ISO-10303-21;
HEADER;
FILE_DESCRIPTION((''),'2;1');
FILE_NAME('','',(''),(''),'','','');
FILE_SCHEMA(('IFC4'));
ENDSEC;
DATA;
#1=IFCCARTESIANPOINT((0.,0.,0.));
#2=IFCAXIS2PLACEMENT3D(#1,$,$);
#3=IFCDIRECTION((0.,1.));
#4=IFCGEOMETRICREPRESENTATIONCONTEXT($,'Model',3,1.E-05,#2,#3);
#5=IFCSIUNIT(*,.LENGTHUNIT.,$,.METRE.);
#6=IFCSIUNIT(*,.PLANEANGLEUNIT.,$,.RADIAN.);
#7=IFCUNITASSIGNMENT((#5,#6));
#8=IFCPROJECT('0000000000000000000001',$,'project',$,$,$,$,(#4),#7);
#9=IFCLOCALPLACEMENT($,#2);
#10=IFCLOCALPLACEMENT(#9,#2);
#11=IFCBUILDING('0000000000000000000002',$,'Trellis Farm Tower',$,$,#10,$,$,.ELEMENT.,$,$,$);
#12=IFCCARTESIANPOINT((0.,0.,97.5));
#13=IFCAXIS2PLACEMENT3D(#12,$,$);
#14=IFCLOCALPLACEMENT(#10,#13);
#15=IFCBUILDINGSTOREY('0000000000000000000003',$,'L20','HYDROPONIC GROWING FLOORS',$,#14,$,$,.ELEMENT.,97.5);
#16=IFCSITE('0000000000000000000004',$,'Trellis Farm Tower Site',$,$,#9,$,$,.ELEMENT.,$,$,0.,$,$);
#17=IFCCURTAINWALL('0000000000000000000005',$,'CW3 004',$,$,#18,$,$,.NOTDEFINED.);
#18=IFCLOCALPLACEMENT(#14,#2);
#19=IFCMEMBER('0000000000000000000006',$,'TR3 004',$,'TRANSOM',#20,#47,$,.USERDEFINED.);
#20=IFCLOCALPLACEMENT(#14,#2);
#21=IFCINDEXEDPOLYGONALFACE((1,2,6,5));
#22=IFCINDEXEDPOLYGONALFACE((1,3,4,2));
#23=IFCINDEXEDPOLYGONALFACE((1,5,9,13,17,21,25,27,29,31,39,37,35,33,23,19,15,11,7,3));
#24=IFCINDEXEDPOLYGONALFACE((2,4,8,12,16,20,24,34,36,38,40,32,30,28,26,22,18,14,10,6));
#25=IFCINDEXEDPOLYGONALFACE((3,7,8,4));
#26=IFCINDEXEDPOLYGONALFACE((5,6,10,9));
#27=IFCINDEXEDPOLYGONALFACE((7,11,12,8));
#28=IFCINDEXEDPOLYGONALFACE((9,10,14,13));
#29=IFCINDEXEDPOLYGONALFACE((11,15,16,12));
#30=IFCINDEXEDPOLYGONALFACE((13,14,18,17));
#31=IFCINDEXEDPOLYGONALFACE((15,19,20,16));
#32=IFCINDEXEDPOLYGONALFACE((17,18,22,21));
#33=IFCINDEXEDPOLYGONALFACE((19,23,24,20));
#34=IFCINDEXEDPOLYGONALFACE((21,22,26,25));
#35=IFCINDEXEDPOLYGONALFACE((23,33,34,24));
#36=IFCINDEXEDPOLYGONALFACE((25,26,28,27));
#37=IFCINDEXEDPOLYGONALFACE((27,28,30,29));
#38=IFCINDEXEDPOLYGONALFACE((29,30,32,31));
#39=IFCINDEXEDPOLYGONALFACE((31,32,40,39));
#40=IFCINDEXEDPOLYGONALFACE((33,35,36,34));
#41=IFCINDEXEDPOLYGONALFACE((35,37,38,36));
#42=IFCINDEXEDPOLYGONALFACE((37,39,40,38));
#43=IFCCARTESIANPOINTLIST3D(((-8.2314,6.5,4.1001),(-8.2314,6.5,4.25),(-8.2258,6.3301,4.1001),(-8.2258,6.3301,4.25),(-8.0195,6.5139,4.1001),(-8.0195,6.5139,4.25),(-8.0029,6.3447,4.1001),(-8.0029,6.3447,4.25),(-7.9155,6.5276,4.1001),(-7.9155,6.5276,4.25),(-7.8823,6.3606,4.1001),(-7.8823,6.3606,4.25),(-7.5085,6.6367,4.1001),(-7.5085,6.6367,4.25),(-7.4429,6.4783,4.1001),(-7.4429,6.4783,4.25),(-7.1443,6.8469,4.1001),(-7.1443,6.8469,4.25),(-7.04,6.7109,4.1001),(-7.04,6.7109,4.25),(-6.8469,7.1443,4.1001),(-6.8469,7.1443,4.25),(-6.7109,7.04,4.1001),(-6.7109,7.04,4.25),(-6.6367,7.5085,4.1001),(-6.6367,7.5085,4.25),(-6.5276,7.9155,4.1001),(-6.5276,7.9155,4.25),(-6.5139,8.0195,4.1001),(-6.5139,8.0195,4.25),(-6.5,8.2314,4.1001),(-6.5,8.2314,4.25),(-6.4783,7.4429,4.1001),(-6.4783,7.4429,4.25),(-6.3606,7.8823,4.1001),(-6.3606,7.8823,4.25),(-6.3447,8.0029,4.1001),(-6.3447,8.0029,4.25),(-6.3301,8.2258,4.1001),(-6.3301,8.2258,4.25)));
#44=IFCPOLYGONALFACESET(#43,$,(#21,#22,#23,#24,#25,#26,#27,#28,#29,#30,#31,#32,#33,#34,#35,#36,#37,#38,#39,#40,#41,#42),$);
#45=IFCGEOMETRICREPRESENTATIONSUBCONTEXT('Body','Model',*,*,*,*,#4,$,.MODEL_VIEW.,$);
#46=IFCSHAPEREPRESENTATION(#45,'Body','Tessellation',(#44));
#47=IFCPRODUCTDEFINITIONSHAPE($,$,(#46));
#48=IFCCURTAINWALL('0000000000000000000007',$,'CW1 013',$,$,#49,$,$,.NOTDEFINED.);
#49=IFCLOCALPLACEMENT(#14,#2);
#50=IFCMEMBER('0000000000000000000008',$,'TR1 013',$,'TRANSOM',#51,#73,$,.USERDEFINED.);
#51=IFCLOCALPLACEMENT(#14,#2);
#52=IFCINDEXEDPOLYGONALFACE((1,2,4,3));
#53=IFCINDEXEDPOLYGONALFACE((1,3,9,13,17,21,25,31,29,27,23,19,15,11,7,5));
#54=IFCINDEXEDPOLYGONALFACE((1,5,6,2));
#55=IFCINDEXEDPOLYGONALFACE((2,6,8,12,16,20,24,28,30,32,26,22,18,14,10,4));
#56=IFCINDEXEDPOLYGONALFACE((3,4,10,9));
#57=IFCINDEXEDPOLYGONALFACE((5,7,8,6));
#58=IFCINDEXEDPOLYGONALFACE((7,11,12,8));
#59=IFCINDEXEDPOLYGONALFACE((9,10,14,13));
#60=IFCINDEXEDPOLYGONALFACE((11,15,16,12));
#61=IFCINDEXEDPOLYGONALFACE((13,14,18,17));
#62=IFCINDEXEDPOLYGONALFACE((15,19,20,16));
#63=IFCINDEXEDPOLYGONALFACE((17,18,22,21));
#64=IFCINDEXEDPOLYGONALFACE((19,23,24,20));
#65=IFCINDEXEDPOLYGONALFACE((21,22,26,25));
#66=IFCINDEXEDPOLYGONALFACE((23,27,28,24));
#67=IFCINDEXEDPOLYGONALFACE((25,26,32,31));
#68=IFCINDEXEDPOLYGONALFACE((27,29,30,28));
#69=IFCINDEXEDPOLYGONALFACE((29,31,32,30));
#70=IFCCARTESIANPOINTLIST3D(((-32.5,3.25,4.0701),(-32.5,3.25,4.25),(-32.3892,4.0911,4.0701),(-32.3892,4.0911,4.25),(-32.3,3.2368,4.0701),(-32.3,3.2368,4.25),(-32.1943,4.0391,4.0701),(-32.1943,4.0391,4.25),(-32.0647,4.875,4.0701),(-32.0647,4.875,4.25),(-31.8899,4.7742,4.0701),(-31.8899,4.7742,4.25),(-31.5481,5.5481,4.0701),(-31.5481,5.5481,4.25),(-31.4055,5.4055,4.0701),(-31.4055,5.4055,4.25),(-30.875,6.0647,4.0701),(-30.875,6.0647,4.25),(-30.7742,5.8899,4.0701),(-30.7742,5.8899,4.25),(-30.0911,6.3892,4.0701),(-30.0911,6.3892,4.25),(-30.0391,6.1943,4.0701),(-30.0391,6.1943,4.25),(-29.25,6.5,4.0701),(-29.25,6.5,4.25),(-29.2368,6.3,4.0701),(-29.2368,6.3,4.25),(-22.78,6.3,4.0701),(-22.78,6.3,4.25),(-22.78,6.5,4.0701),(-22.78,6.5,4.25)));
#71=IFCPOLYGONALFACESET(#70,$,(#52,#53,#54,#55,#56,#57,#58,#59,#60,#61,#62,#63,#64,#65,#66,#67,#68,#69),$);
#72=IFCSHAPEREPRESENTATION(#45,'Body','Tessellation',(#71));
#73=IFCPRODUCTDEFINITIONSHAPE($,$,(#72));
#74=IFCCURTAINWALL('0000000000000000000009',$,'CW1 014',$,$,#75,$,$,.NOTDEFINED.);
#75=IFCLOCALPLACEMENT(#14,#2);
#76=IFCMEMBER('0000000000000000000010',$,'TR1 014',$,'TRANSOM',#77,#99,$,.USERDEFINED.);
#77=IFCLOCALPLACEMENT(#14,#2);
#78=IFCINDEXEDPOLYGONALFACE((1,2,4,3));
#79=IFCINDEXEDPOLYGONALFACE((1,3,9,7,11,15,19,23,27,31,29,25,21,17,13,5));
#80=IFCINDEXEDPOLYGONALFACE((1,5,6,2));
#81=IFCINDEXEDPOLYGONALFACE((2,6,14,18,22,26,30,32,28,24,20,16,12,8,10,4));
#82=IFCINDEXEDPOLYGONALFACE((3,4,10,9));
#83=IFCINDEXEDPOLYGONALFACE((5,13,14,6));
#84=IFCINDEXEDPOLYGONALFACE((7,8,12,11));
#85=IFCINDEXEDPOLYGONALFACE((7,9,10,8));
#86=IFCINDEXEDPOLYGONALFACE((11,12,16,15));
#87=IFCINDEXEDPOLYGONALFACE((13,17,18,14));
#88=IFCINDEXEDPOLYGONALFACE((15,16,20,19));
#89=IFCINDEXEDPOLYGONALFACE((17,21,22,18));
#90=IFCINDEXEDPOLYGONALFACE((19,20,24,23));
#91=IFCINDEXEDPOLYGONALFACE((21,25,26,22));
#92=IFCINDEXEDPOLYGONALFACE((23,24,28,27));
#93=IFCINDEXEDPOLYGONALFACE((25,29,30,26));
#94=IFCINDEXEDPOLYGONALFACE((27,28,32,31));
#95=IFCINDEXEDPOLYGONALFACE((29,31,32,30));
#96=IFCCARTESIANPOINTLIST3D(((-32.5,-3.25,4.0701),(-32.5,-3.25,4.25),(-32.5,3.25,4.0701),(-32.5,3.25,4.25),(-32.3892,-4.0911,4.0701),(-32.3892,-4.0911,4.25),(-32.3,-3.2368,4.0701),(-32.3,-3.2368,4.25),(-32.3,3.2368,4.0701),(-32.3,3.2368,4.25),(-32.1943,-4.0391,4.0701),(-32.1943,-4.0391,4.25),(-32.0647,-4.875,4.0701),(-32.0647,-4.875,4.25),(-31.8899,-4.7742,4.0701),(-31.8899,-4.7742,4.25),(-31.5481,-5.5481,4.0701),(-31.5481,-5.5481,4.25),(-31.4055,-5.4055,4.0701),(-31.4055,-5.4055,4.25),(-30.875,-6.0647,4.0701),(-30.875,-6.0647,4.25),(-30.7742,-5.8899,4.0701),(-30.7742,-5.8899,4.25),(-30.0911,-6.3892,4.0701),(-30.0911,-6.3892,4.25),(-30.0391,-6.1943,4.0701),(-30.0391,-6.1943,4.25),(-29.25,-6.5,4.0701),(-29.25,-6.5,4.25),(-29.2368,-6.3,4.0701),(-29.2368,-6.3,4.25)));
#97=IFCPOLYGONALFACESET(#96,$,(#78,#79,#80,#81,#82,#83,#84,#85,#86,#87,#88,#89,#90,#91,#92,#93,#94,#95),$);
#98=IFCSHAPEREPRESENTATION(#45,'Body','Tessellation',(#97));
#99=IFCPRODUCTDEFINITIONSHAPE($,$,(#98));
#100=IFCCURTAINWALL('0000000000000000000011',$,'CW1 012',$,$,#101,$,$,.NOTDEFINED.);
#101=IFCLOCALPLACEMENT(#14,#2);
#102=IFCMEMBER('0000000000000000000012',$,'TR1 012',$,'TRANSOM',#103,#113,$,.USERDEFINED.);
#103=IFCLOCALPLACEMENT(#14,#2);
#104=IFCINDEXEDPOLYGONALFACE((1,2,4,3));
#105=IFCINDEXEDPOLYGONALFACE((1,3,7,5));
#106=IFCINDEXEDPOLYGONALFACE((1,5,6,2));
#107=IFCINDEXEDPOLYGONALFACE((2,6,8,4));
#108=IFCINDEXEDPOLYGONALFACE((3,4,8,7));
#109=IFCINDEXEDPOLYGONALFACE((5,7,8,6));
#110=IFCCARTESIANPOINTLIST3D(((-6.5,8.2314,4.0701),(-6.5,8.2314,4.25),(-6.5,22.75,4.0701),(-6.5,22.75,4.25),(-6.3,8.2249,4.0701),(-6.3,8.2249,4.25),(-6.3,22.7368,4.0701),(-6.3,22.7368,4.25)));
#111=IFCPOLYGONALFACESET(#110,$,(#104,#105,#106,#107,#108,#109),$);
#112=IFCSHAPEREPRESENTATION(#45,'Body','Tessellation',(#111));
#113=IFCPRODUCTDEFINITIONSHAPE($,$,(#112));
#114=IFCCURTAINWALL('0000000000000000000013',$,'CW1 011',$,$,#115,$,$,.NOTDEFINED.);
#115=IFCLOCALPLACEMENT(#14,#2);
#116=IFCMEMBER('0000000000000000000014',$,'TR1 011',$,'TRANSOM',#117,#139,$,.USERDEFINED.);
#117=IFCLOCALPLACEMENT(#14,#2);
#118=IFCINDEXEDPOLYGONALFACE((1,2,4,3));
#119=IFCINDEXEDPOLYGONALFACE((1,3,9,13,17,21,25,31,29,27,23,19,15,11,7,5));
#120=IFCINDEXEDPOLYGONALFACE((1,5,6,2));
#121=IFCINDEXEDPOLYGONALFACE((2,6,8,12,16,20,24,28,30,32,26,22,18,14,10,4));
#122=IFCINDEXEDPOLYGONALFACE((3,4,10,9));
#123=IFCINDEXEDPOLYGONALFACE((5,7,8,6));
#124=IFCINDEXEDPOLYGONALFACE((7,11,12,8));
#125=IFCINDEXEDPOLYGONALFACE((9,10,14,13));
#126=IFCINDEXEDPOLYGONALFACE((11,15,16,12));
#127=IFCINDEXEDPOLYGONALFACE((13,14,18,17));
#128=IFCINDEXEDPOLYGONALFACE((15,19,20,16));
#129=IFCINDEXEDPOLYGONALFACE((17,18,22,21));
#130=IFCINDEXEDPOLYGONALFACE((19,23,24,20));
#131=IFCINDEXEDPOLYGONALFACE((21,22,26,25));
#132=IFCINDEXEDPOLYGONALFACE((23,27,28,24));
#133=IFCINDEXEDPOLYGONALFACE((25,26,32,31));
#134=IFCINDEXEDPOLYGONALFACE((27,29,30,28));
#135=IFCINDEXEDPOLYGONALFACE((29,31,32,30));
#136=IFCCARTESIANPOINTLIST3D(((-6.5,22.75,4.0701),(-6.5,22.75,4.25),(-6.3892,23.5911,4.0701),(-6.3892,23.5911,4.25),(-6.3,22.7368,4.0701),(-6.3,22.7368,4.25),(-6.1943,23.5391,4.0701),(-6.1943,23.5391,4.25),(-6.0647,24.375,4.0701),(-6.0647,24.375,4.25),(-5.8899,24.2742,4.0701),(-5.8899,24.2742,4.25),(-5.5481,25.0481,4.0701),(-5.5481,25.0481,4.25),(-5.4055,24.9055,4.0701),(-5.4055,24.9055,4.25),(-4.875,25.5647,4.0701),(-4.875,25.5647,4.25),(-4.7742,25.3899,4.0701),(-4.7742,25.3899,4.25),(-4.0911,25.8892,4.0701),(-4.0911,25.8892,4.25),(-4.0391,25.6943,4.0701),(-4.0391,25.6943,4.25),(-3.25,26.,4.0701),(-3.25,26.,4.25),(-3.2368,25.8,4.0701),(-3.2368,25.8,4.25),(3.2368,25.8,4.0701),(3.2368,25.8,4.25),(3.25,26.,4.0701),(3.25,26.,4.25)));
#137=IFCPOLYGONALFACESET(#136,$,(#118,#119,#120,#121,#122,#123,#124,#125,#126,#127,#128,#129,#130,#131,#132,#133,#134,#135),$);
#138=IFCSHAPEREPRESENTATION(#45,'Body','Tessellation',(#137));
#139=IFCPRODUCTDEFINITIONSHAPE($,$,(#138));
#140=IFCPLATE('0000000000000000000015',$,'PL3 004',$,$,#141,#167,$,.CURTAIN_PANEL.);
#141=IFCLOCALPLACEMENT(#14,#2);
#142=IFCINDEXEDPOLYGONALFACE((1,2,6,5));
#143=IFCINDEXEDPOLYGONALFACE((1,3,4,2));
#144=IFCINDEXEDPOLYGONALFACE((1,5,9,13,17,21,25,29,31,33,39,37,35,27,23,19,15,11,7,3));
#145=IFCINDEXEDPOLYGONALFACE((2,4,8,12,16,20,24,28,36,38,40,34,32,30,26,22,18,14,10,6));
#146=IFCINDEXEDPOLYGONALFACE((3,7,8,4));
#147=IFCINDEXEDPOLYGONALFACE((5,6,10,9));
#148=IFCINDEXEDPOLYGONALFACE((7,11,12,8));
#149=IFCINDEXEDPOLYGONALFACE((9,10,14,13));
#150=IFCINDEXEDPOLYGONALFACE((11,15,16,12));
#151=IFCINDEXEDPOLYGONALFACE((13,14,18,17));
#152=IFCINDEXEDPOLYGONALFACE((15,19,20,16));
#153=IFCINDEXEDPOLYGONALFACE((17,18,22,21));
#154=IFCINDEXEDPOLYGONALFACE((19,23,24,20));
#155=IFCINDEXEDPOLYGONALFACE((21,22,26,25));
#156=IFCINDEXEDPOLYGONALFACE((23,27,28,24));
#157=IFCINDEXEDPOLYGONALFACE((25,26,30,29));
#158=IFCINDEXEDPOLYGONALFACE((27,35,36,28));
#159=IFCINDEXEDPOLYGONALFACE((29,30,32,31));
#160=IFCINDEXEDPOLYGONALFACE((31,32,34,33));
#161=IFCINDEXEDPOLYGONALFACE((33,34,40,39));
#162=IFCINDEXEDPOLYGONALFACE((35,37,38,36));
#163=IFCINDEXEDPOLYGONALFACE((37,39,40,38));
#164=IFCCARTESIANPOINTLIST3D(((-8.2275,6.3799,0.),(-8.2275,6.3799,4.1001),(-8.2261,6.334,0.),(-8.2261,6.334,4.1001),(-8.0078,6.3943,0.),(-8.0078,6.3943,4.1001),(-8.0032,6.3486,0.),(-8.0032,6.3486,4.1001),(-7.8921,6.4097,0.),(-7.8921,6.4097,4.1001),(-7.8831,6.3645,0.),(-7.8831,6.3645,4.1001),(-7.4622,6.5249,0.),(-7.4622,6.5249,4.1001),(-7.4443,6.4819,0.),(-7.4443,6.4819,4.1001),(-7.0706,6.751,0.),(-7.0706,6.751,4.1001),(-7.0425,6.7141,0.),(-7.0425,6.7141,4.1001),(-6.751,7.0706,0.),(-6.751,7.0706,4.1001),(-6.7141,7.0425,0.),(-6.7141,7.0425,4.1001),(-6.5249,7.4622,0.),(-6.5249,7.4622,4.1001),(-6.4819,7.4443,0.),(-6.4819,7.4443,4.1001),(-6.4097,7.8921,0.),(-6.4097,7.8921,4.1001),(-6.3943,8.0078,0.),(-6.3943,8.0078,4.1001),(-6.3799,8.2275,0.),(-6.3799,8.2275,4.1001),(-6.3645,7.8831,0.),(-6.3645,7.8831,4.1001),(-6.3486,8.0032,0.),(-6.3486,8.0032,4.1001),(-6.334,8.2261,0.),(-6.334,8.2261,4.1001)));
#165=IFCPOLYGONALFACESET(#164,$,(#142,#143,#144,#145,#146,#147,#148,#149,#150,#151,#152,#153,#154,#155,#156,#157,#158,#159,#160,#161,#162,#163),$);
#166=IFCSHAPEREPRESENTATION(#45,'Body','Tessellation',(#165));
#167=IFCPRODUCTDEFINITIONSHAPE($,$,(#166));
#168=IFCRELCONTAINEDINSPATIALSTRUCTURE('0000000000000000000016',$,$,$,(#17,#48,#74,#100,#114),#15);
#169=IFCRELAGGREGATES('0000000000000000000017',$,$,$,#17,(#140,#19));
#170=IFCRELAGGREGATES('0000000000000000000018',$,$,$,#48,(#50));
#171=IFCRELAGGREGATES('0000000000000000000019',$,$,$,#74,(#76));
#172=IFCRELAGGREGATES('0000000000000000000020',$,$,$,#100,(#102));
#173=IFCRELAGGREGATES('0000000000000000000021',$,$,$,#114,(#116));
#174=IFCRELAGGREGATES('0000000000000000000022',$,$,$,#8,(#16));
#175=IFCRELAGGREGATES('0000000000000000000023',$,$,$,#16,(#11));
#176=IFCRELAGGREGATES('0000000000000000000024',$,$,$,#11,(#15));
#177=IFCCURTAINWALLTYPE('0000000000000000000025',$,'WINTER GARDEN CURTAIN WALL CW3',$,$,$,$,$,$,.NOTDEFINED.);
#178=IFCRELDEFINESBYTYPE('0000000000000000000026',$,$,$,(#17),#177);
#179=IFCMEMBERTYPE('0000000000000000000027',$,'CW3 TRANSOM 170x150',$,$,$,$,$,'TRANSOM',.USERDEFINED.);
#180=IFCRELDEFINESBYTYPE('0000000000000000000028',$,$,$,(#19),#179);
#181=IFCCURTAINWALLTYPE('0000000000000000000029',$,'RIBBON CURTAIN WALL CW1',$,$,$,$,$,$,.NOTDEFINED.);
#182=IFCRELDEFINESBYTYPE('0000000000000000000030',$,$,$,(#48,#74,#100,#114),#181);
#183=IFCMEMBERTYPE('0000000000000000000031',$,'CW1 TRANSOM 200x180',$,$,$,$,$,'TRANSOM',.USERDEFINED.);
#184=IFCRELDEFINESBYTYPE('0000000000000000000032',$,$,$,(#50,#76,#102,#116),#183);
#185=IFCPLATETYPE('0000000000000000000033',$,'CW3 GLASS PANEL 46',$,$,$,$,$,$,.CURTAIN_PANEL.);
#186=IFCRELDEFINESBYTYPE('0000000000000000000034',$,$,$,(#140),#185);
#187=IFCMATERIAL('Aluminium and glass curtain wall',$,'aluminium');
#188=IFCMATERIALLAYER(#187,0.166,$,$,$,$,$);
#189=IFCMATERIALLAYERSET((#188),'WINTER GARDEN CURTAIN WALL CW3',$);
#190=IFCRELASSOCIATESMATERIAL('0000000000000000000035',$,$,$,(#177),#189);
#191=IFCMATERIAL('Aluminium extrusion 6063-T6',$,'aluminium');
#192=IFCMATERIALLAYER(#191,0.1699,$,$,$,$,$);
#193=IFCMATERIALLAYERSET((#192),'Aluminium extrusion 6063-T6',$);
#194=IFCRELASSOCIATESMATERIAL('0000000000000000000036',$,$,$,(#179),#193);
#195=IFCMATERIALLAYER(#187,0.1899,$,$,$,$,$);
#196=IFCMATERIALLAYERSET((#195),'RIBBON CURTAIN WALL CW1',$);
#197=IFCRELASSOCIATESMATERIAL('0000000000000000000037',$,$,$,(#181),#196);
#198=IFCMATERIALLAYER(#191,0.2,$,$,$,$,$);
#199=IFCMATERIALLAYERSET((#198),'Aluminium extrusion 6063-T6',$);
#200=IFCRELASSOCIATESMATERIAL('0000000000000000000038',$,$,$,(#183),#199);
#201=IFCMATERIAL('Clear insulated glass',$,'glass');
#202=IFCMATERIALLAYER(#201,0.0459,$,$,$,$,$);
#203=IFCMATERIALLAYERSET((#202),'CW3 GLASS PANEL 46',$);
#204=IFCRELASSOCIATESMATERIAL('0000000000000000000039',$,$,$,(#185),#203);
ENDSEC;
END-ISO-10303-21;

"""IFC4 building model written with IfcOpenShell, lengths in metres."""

from ifc_helpers import new_model, si_unit, direction, frame, origin, place, context, subcontext, project, spatial, polyline, outline, extrude, source, transform, mapped, material, layer, layer_set, type_object, element, aggregate, save


model = new_model("IFC4")

# Units and contexts
model_context = context("Model", 3, precision=1e-05, world=origin(), true_north=direction((0.0, 1.0)))
body_context = subcontext(model_context, "Body", "Model", "MODEL_VIEW")
ifc_project = project(units=[si_unit("LENGTHUNIT", "METRE"), si_unit("PLANEANGLEUNIT", "RADIAN")], contexts=[model_context])

# Site, building, storey
site_placement = place(None, origin())
site = spatial("IfcSite", under=ifc_project, at=site_placement, Name="Trellis Farm Tower Site", CompositionType="ELEMENT", RefElevation=0.0)
building_placement = place(site_placement, origin())
building = spatial("IfcBuilding", under=site, at=building_placement, Name="Trellis Farm Tower", CompositionType="ELEMENT")
storey_placement = place(building_placement, frame((0.0, 0.0, 97.5)))
storey = spatial("IfcBuildingStorey", under=building, at=storey_placement, Name="L20", Description="HYDROPONIC GROWING FLOORS", CompositionType="ELEMENT", Elevation=97.5)

# Curtain walls, members
ifc_material_1 = material(Name="Aluminium and glass curtain wall", Category="aluminium")
ifc_layer_1 = layer(ifc_material_1, 0.166)
ifc_layer_set_1 = layer_set([ifc_layer_1], Name="WINTER GARDEN CURTAIN WALL CW3")
curtain_wall_type_1 = type_object("IfcCurtainWallType", Name="WINTER GARDEN CURTAIN WALL CW3", PredefinedType="NOTDEFINED", material=ifc_layer_set_1)
placement_1 = place(storey_placement, origin())
curtain_wall_1 = element("IfcCurtainWall", 1, at=placement_1, inside=storey, type_object=curtain_wall_type_1, Name="CW3 004", PredefinedType="NOTDEFINED")
ifc_material_2 = material(Name="Aluminium extrusion 6063-T6", Category="aluminium")
ifc_layer_2 = layer(ifc_material_2, 0.1699)
ifc_layer_set_2 = layer_set([ifc_layer_2], Name="Aluminium extrusion 6063-T6")
member_type_1 = type_object("IfcMemberType", Name="CW3 TRANSOM 170x150", ElementType="TRANSOM", PredefinedType="USERDEFINED", material=ifc_layer_set_2)
shared_shape_1 = source(origin(), body_context, "Body", "SweptSolid", [
    extrude(outline(polyline([(-6.5, 8.2314), (-6.5139, 8.0195), (-6.5276, 7.9155), (-6.6367, 7.5085), (-6.8469, 7.1443), (-7.1443, 6.8469), (-7.5085, 6.6367), (-7.9155, 6.5276), (-8.0195, 6.5139), (-8.2314, 6.5), (-8.2258, 6.3301), (-8.0029, 6.3447), (-7.8823, 6.3606), (-7.4429, 6.4783), (-7.04, 6.7109), (-6.7109, 7.04), (-6.4783, 7.4429), (-6.3606, 7.8823), (-6.3447, 8.0029), (-6.3301, 8.2258), (-6.5, 8.2314)])), origin(), (0.0, 0.0, 1.0), 0.1499),
])
member_1_placement = place(storey_placement, frame((0.0, 0.0, 4.1001)))
member_1 = element("IfcMember", 2, at=member_1_placement, type_object=member_type_1, Name="TR3 004", ObjectType="TRANSOM", PredefinedType="USERDEFINED", context=body_context, shape_type="MappedRepresentation", body=[
    mapped(shared_shape_1, transform((0.0, 0.0, 0.0))),
])
ifc_layer_3 = layer(ifc_material_1, 0.1899)
ifc_layer_set_3 = layer_set([ifc_layer_3], Name="RIBBON CURTAIN WALL CW1")
curtain_wall_type_2 = type_object("IfcCurtainWallType", Name="RIBBON CURTAIN WALL CW1", PredefinedType="NOTDEFINED", material=ifc_layer_set_3)
curtain_wall_2 = element("IfcCurtainWall", 3, at=placement_1, inside=storey, type_object=curtain_wall_type_2, Name="CW1 013", PredefinedType="NOTDEFINED")
ifc_layer_4 = layer(ifc_material_2, 0.2)
ifc_layer_set_4 = layer_set([ifc_layer_4], Name="Aluminium extrusion 6063-T6")
member_type_2 = type_object("IfcMemberType", Name="CW1 TRANSOM 200x180", ElementType="TRANSOM", PredefinedType="USERDEFINED", material=ifc_layer_set_4)
shared_shape_2 = source(origin(), body_context, "Body", "SweptSolid", [
    extrude(outline(polyline([(-22.78, 6.5), (-29.25, 6.5), (-30.0911, 6.3892), (-30.875, 6.0647), (-31.5481, 5.5481), (-32.0647, 4.875), (-32.3892, 4.0911), (-32.5, 3.25), (-32.3, 3.2368), (-32.1943, 4.0391), (-31.8899, 4.7742), (-31.4055, 5.4055), (-30.7742, 5.8899), (-30.0391, 6.1943), (-29.2368, 6.3), (-22.78, 6.3), (-22.78, 6.5)])), origin(), (0.0, 0.0, 1.0), 0.1799),
])
placement_2 = place(storey_placement, frame((0.0, 0.0, 4.0701)))
member_2 = element("IfcMember", 4, at=placement_2, type_object=member_type_2, Name="TR1 013", ObjectType="TRANSOM", PredefinedType="USERDEFINED", context=body_context, shape_type="MappedRepresentation", body=[
    mapped(shared_shape_2, transform((0.0, 0.0, 0.0))),
])
curtain_wall_3 = element("IfcCurtainWall", 5, at=placement_1, inside=storey, type_object=curtain_wall_type_2, Name="CW1 014", PredefinedType="NOTDEFINED")
shared_shape_3 = source(origin(), body_context, "Body", "SweptSolid", [
    extrude(outline(polyline([(-32.5, 3.25), (-32.5, -3.25), (-32.3892, -4.0911), (-32.0647, -4.875), (-31.5481, -5.5481), (-30.875, -6.0647), (-30.0911, -6.3892), (-29.25, -6.5), (-29.2368, -6.3), (-30.0391, -6.1943), (-30.7742, -5.8899), (-31.4055, -5.4055), (-31.8899, -4.7742), (-32.1943, -4.0391), (-32.3, -3.2368), (-32.3, 3.2368), (-32.5, 3.25)])), origin(), (0.0, 0.0, 1.0), 0.1799),
])
member_3 = element("IfcMember", 6, at=placement_2, type_object=member_type_2, Name="TR1 014", ObjectType="TRANSOM", PredefinedType="USERDEFINED", context=body_context, shape_type="MappedRepresentation", body=[
    mapped(shared_shape_3, transform((0.0, 0.0, 0.0))),
])
curtain_wall_4 = element("IfcCurtainWall", 7, at=placement_1, inside=storey, type_object=curtain_wall_type_2, Name="CW1 012", PredefinedType="NOTDEFINED")
shared_shape_4 = source(origin(), body_context, "Body", "SweptSolid", [
    extrude(outline(polyline([(-6.5, 22.75), (-6.5, 8.2314), (-6.3, 8.2249), (-6.3, 22.7368), (-6.5, 22.75)])), origin(), (0.0, 0.0, 1.0), 0.1799),
])
member_4 = element("IfcMember", 8, at=placement_2, type_object=member_type_2, Name="TR1 012", ObjectType="TRANSOM", PredefinedType="USERDEFINED", context=body_context, shape_type="MappedRepresentation", body=[
    mapped(shared_shape_4, transform((0.0, 0.0, 0.0))),
])
curtain_wall_5 = element("IfcCurtainWall", 9, at=placement_1, inside=storey, type_object=curtain_wall_type_2, Name="CW1 011", PredefinedType="NOTDEFINED")
shared_shape_5 = source(origin(), body_context, "Body", "SweptSolid", [
    extrude(outline(polyline([(3.25, 26.0), (-3.25, 26.0), (-4.0911, 25.8892), (-4.875, 25.5647), (-5.5481, 25.0481), (-6.0647, 24.375), (-6.3892, 23.5911), (-6.5, 22.75), (-6.3, 22.7368), (-6.1943, 23.5391), (-5.8899, 24.2742), (-5.4055, 24.9055), (-4.7742, 25.3899), (-4.0391, 25.6943), (-3.2368, 25.8), (3.2368, 25.8), (3.25, 26.0)])), origin(), (0.0, 0.0, 1.0), 0.1799),
])
member_5 = element("IfcMember", 10, at=placement_2, type_object=member_type_2, Name="TR1 011", ObjectType="TRANSOM", PredefinedType="USERDEFINED", context=body_context, shape_type="MappedRepresentation", body=[
    mapped(shared_shape_5, transform((0.0, 0.0, 0.0))),
])

# Plate
ifc_material_3 = material(Name="Clear insulated glass", Category="glass")
ifc_layer_5 = layer(ifc_material_3, 0.0459)
ifc_layer_set_5 = layer_set([ifc_layer_5], Name="CW3 GLASS PANEL 46")
plate_type_1 = type_object("IfcPlateType", Name="CW3 GLASS PANEL 46", PredefinedType="CURTAIN_PANEL", material=ifc_layer_set_5)
shared_shape_6 = source(origin(), body_context, "Body", "SweptSolid", [
    extrude(outline(polyline([(-6.3799, 8.2275), (-6.3943, 8.0078), (-6.4097, 7.8921), (-6.5249, 7.4622), (-6.751, 7.0706), (-7.0706, 6.751), (-7.4622, 6.5249), (-7.8921, 6.4097), (-8.0078, 6.3943), (-8.2275, 6.3799), (-8.2261, 6.334), (-8.0032, 6.3486), (-7.8831, 6.3645), (-7.4443, 6.4819), (-7.0425, 6.7141), (-6.7141, 7.0425), (-6.4819, 7.4443), (-6.3645, 7.8831), (-6.3486, 8.0032), (-6.334, 8.2261), (-6.3799, 8.2275)])), origin(), (0.0, 0.0, 1.0), 4.1001),
])
plate_1 = element("IfcPlate", 11, at=placement_1, type_object=plate_type_1, Name="PL3 004", PredefinedType="CURTAIN_PANEL", context=body_context, shape_type="MappedRepresentation", body=[
    mapped(shared_shape_6, transform((0.0, 0.0, 0.0))),
])
aggregate(curtain_wall_1, [plate_1, member_1])
aggregate(curtain_wall_2, [member_2])
aggregate(curtain_wall_3, [member_3])
aggregate(curtain_wall_4, [member_4])
aggregate(curtain_wall_5, [member_5])

save(model, "model.ifc")
